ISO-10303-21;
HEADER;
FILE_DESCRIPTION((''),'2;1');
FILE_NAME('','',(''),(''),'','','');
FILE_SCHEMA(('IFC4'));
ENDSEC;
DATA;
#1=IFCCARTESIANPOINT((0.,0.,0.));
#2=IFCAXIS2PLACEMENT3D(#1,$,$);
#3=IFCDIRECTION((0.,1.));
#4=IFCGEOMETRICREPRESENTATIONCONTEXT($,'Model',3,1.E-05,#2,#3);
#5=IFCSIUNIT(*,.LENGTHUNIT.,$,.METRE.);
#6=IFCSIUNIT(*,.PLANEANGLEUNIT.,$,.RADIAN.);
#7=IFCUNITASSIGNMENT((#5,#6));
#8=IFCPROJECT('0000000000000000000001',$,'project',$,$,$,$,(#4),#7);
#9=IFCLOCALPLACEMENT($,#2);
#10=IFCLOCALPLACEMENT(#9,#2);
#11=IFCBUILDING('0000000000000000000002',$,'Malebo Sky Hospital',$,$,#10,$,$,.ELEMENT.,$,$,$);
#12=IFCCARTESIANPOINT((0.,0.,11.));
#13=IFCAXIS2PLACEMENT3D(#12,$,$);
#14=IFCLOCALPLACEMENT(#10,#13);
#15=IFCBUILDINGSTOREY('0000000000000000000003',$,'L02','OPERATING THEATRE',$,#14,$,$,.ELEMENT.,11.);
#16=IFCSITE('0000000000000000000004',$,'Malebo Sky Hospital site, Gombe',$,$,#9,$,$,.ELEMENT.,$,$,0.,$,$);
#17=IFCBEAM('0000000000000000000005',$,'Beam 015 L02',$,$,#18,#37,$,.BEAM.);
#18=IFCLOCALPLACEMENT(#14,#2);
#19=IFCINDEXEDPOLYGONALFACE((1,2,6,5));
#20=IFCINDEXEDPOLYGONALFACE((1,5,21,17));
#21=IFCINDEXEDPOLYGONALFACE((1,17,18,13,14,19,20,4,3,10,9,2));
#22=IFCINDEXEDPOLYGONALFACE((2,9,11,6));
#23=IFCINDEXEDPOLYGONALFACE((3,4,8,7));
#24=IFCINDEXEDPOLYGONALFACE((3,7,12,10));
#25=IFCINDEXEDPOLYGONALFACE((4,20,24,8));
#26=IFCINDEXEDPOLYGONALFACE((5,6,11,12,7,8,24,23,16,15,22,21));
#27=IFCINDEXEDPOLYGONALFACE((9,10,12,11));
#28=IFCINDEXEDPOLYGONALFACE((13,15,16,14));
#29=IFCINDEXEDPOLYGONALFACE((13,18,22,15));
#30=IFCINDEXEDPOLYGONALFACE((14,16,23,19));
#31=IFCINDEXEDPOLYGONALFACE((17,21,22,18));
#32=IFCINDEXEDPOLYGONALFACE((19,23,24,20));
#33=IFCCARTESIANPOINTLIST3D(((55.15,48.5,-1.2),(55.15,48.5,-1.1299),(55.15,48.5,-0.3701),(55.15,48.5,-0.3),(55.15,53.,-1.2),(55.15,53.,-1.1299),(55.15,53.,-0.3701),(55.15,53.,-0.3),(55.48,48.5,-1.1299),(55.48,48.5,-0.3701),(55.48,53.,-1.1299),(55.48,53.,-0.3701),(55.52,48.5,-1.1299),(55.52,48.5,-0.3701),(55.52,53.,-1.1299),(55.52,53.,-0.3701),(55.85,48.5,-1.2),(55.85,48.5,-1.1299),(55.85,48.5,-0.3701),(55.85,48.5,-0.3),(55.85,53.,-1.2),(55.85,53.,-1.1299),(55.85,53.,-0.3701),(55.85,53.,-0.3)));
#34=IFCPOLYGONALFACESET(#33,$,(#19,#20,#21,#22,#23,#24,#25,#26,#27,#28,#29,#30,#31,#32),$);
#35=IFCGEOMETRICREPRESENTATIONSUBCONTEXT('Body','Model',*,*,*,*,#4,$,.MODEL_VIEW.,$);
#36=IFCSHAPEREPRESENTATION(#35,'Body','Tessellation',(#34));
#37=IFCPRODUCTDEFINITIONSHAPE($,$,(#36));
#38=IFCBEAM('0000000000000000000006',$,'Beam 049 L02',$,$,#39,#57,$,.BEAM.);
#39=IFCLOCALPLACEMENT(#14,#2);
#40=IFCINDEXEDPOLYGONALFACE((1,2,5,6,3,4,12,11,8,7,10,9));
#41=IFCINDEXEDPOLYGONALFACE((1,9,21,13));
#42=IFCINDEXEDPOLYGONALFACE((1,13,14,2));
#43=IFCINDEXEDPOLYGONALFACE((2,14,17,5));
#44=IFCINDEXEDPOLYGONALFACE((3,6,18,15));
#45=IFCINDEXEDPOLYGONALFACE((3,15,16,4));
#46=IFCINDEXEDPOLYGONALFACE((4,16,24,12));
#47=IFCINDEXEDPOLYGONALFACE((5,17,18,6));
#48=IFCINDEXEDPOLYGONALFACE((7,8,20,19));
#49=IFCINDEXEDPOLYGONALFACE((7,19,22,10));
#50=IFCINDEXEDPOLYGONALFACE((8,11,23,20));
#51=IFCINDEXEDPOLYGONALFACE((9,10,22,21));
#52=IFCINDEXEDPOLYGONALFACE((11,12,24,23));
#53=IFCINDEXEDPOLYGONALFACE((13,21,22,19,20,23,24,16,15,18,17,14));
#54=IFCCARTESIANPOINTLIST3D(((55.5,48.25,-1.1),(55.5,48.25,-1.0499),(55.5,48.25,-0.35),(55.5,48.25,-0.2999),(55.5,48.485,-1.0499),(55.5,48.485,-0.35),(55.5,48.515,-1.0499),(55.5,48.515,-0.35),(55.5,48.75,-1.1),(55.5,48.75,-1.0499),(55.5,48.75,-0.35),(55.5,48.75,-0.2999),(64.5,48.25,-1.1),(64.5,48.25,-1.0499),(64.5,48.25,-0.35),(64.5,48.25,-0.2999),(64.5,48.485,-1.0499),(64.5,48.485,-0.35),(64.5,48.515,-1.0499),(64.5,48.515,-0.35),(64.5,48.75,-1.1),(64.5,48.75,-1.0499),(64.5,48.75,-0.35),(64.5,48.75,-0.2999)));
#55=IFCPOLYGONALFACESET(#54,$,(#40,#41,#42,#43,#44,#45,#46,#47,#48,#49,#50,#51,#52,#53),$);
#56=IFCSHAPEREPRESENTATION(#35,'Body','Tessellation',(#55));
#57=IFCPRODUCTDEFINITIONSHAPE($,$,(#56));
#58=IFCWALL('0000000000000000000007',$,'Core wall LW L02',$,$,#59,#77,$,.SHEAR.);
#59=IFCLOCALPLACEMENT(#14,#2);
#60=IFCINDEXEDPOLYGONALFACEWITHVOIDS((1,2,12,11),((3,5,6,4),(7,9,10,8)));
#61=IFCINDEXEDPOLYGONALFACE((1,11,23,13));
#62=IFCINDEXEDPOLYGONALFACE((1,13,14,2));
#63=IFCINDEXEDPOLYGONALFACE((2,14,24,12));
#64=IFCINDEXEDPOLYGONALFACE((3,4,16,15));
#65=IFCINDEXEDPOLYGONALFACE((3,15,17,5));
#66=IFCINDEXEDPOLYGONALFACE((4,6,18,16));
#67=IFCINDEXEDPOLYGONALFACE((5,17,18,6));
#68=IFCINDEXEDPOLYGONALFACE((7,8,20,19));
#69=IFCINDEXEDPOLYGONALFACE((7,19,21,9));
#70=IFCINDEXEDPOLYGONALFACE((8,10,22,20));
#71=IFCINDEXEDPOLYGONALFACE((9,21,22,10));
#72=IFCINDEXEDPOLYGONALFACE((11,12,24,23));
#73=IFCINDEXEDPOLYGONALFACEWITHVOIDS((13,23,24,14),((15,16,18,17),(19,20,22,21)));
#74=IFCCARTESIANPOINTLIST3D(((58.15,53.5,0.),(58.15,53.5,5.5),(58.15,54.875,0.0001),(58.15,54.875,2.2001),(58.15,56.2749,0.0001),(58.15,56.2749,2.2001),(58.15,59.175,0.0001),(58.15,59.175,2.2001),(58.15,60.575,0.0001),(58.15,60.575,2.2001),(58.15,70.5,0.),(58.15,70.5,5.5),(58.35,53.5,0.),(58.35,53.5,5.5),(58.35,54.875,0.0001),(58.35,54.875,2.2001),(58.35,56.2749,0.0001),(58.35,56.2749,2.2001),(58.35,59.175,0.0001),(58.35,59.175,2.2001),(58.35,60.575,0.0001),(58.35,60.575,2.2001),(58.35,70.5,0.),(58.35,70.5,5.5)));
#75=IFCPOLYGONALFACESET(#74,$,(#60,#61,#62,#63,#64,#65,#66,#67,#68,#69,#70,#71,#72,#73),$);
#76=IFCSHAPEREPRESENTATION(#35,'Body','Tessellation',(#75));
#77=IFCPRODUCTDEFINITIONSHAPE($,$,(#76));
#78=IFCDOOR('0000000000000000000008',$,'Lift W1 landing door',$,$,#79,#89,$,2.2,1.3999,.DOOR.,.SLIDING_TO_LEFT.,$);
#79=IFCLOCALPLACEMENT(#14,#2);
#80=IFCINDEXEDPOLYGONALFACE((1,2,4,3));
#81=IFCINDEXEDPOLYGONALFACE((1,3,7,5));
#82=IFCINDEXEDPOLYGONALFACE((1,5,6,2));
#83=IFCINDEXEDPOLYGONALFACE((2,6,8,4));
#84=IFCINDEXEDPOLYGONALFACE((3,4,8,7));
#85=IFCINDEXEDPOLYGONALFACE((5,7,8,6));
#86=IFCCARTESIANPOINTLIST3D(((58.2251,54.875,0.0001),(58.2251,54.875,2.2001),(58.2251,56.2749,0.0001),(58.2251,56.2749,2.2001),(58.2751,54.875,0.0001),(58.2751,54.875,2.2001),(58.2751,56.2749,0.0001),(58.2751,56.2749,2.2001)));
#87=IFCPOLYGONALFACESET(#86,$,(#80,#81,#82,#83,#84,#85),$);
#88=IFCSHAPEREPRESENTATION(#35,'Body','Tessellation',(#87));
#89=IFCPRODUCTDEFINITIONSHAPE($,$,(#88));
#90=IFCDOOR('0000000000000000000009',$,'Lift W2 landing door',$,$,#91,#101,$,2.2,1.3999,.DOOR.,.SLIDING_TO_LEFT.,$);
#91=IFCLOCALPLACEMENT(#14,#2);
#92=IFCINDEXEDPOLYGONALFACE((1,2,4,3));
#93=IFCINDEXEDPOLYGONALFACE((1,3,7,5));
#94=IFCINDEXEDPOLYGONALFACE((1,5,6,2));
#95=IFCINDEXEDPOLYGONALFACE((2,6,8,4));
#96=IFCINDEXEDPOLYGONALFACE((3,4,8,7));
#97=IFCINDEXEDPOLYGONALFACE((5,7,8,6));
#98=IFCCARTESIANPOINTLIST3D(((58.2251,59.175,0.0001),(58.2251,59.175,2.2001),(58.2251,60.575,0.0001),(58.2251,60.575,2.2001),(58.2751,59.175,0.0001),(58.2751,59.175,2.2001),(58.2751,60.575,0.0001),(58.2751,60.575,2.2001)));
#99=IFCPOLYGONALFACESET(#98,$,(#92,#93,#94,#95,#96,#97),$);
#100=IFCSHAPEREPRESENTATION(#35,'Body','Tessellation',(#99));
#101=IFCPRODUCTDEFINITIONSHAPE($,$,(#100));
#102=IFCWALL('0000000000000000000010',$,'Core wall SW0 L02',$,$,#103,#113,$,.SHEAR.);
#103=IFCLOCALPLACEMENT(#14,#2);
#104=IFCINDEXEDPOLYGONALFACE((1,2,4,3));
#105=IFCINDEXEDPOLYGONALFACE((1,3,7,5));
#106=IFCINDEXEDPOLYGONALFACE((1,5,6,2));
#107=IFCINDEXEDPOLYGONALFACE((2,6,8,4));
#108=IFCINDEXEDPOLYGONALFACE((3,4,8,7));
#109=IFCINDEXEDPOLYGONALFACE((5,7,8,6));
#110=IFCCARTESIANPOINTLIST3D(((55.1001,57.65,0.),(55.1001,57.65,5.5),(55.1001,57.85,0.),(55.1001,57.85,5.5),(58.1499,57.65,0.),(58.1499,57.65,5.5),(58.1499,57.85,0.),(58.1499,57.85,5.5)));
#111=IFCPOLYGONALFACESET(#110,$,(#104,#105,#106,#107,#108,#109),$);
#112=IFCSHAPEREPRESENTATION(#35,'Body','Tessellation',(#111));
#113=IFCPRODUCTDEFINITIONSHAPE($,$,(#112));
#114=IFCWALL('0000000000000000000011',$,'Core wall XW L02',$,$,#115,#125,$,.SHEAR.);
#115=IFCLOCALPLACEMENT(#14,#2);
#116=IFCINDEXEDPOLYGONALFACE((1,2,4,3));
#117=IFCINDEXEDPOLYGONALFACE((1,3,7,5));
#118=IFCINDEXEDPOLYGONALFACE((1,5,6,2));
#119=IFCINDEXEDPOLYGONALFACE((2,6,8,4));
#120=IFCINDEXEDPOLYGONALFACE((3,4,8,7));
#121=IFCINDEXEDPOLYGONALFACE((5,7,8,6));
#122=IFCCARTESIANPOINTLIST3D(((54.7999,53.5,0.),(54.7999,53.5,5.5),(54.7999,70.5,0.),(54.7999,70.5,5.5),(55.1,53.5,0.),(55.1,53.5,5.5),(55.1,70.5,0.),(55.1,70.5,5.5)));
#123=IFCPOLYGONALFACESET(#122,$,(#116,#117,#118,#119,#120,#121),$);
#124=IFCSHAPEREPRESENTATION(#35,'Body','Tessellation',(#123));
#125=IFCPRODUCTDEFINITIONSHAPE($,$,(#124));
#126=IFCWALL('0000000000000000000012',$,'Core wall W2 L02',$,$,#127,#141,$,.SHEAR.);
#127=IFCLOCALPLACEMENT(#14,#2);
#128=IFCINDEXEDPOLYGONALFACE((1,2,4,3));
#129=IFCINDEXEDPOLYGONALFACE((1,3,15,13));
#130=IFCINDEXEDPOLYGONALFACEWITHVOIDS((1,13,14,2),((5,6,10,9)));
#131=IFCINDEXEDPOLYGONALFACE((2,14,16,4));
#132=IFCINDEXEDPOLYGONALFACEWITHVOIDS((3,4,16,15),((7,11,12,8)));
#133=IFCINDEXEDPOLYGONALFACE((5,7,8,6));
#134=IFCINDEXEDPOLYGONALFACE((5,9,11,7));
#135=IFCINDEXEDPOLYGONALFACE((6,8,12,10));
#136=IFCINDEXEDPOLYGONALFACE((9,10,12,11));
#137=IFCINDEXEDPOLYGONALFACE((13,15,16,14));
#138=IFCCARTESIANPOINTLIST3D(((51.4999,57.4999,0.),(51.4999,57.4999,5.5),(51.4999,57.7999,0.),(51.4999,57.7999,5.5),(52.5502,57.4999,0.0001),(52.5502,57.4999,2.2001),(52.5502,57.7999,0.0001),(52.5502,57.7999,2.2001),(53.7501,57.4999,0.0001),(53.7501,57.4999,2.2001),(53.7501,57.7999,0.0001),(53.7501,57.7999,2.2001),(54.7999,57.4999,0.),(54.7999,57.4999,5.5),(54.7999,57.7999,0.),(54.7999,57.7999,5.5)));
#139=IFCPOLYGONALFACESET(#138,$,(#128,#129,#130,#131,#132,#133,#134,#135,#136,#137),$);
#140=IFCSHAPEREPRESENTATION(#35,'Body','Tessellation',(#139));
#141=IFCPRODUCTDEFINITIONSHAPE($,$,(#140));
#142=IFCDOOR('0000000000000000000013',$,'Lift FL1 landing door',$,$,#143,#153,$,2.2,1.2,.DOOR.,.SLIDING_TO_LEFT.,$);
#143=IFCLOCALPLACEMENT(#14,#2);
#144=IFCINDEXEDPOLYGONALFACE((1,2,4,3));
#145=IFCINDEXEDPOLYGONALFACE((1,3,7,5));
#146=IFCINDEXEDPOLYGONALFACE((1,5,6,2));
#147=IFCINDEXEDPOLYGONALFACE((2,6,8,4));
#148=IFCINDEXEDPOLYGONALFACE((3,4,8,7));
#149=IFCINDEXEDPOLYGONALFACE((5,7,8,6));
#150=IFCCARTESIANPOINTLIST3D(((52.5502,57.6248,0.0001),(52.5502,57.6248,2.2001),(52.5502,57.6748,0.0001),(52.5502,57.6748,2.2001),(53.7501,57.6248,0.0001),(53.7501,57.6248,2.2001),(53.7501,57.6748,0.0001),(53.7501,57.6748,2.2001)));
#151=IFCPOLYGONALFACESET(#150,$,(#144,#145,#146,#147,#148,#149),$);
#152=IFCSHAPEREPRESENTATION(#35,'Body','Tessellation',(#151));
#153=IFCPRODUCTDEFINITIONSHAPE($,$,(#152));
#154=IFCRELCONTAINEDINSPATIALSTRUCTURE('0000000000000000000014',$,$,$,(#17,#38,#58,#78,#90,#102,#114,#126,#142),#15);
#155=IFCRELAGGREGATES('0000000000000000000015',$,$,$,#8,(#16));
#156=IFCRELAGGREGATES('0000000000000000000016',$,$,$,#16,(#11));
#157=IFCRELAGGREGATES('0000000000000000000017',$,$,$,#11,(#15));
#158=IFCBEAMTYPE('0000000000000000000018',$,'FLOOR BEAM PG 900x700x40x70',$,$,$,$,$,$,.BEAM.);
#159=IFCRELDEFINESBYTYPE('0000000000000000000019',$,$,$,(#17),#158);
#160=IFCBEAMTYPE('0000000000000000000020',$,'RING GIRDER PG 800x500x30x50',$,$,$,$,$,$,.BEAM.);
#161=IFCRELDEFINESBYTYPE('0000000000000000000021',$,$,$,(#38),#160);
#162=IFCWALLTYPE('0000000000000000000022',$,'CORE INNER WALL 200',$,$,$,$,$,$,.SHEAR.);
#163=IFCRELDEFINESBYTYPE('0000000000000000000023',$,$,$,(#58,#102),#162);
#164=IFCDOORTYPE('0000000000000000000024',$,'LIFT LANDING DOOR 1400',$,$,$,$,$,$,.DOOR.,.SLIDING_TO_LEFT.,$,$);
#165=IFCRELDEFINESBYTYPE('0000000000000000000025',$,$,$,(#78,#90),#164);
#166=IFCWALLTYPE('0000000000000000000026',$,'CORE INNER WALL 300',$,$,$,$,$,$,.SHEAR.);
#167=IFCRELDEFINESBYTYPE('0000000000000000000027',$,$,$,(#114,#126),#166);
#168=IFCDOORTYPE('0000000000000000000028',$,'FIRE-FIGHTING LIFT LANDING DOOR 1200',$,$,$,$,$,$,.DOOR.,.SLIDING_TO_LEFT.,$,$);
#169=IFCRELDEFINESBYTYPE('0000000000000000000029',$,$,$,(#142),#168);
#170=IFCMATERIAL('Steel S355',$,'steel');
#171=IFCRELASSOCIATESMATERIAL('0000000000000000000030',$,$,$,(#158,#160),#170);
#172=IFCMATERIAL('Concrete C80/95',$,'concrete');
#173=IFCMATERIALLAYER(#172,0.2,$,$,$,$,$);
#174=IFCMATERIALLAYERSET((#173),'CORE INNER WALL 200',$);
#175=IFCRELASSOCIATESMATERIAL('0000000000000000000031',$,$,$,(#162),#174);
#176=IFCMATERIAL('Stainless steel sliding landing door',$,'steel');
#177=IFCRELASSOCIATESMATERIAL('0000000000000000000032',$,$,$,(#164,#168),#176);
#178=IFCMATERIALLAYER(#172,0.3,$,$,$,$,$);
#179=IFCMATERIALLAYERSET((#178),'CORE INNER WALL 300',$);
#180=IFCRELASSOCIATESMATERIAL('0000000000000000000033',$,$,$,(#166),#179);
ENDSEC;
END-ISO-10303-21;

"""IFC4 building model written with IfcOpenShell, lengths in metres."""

from ifc_helpers import new_model, si_unit, direction, frame, frame_2d, origin, origin_2d, place, context, subcontext, project, spatial, rectangle, i_section, extrude, material, layer, layer_set, material_profile, profile_set, type_object, element, fill, save


model = new_model("IFC4")

# Units and contexts
model_context = context("Model", 3, precision=1e-05, world=origin(), true_north=direction((0.0, 1.0)))
body_context = subcontext(model_context, "Body", "Model", "MODEL_VIEW")
ifc_project = project(units=[si_unit("LENGTHUNIT", "METRE"), si_unit("PLANEANGLEUNIT", "RADIAN")], contexts=[model_context])

# Site, building, storey
site_placement = place(None, origin())
site = spatial("IfcSite", under=ifc_project, at=site_placement, Name="Malebo Sky Hospital site, Gombe", CompositionType="ELEMENT", RefElevation=0.0)
building_placement = place(site_placement, origin())
building = spatial("IfcBuilding", under=site, at=building_placement, Name="Malebo Sky Hospital", CompositionType="ELEMENT")
storey_placement = place(building_placement, frame((0.0, 0.0, 11.0)))
storey = spatial("IfcBuildingStorey", under=building, at=storey_placement, Name="L02", Description="OPERATING THEATRE", CompositionType="ELEMENT", Elevation=11.0)

# Beams
ifc_material_1 = material(Name="Steel S355", Category="steel")
ifc_material_profile_1 = material_profile(ifc_material_1, i_section(OverallWidth=0.7, OverallDepth=0.8999, WebThickness=0.04, FlangeThickness=0.0701, at=origin_2d()), Name="PG 900x700x40x70")
ifc_profile_set_1 = profile_set([ifc_material_profile_1], Name="Steel S355")
beam_type_1 = type_object("IfcBeamType", Name="FLOOR BEAM PG 900x700x40x70", PredefinedType="BEAM", material=ifc_profile_set_1)
beam_1_placement = place(storey_placement, frame((55.5, 48.5, -0.75), z_axis=(0.0, 1.0, 0.0), x_axis=(-1.0, 0.0, 0.0)))
element("IfcBeam", 1, at=beam_1_placement, inside=storey, type_object=beam_type_1, Name="Beam 015 L02", PredefinedType="BEAM", context=body_context, shape_type="SweptSolid", body=[
    extrude(i_section(OverallWidth=0.7, OverallDepth=0.8999, WebThickness=0.04, FlangeThickness=0.0701, at=origin_2d()), origin(), (0.0, 0.0, 1.0), 4.5),
])
ifc_material_profile_2 = material_profile(ifc_material_1, i_section(OverallWidth=0.5, OverallDepth=0.8, WebThickness=0.03, FlangeThickness=0.05, at=origin_2d()), Name="PG 800x500x30x50")
ifc_profile_set_2 = profile_set([ifc_material_profile_2], Name="Steel S355")
beam_type_2 = type_object("IfcBeamType", Name="RING GIRDER PG 800x500x30x50", PredefinedType="BEAM", material=ifc_profile_set_2)
beam_2_placement = place(storey_placement, frame((55.5, 48.5, -0.7), z_axis=(1.0, 0.0, 0.0), x_axis=(0.0, 1.0, 0.0)))
element("IfcBeam", 2, at=beam_2_placement, inside=storey, type_object=beam_type_2, Name="Beam 049 L02", PredefinedType="BEAM", context=body_context, shape_type="SweptSolid", body=[
    extrude(i_section(OverallWidth=0.5, OverallDepth=0.8, WebThickness=0.03, FlangeThickness=0.05, at=origin_2d()), origin(), (0.0, 0.0, 1.0), 9.0),
])

# Wall, openings, doors
ifc_material_2 = material(Name="Concrete C80/95", Category="concrete")
ifc_layer_1 = layer(ifc_material_2, 0.2)
ifc_layer_set_1 = layer_set([ifc_layer_1], Name="CORE INNER WALL 200")
wall_type_1 = type_object("IfcWallType", Name="CORE INNER WALL 200", PredefinedType="SHEAR", material=ifc_layer_set_1)
wall_1_placement = place(storey_placement, frame((58.25, 53.5, 0.0), z_axis=(0.0, 0.0, 1.0), x_axis=(0.0, 1.0, 0.0)))
wall_1 = element("IfcWall", 3, at=wall_1_placement, inside=storey, type_object=wall_type_1, Name="Core wall LW L02", PredefinedType="SHEAR", context=body_context, shape_type="SweptSolid", body=[
    extrude(rectangle(XDim=17.0, YDim=0.2, at=frame_2d((8.5, 0.0))), origin(), (0.0, 0.0, 1.0), 5.5),
])
opening_1_placement = place(wall_1_placement, frame((1.375, 0.0, 0.0)))
opening_1 = element("IfcOpeningElement", 4, at=opening_1_placement, cuts=wall_1, PredefinedType="OPENING", context=body_context, shape_type="SweptSolid", body=[
    extrude(rectangle(XDim=1.3999, YDim=2.2, at=frame_2d((0.7, 1.1001))), frame((0.0, 0.1099, 0.0), z_axis=(0.0, -1.0, 0.0), x_axis=(1.0, 0.0, 0.0)), (0.0, 0.0, 1.0), 0.22),
])
opening_2_placement = place(wall_1_placement, frame((5.675, 0.0, 0.0)))
opening_2 = element("IfcOpeningElement", 5, at=opening_2_placement, cuts=wall_1, PredefinedType="OPENING", context=body_context, shape_type="SweptSolid", body=[
    extrude(rectangle(XDim=1.3999, YDim=2.2, at=frame_2d((0.7, 1.1001))), frame((0.0, 0.1099, 0.0), z_axis=(0.0, -1.0, 0.0), x_axis=(1.0, 0.0, 0.0)), (0.0, 0.0, 1.0), 0.22),
])
ifc_material_3 = material(Name="Stainless steel sliding landing door", Category="steel")
door_type_1 = type_object("IfcDoorType", Name="LIFT LANDING DOOR 1400", OperationType="SLIDING_TO_LEFT", PredefinedType="DOOR", material=ifc_material_3)
door_1_placement = place(opening_1_placement, origin())
door_1 = element("IfcDoor", 6, at=door_1_placement, inside=storey, type_object=door_type_1, Name="Lift W1 landing door", OperationType="SLIDING_TO_LEFT", OverallHeight=2.2, OverallWidth=1.3999, PredefinedType="DOOR", context=body_context, shape_type="SweptSolid", body=[
    extrude(rectangle(XDim=1.3999, YDim=2.2, at=frame_2d((0.7, 1.1001))), frame((0.0, 0.0249, 0.0), z_axis=(0.0, -1.0, 0.0), x_axis=(1.0, 0.0, 0.0)), (0.0, 0.0, 1.0), 0.05),
])
fill(opening_1, door_1)
door_2_placement = place(opening_2_placement, origin())
door_2 = element("IfcDoor", 7, at=door_2_placement, inside=storey, type_object=door_type_1, Name="Lift W2 landing door", OperationType="SLIDING_TO_LEFT", OverallHeight=2.2, OverallWidth=1.3999, PredefinedType="DOOR", context=body_context, shape_type="SweptSolid", body=[
    extrude(rectangle(XDim=1.3999, YDim=2.2, at=frame_2d((0.7, 1.1001))), frame((0.0, 0.0249, 0.0), z_axis=(0.0, -1.0, 0.0), x_axis=(1.0, 0.0, 0.0)), (0.0, 0.0, 1.0), 0.05),
])
fill(opening_2, door_2)

# Walls
wall_2_placement = place(storey_placement, frame((55.1001, 57.75, 0.0), z_axis=(0.0, 0.0, 1.0), x_axis=(1.0, 0.0, 0.0)))
element("IfcWall", 8, at=wall_2_placement, inside=storey, type_object=wall_type_1, Name="Core wall SW0 L02", PredefinedType="SHEAR", context=body_context, shape_type="SweptSolid", body=[
    extrude(rectangle(XDim=3.0498, YDim=0.2, at=frame_2d((1.5249, 0.0))), origin(), (0.0, 0.0, 1.0), 5.5),
])
ifc_layer_2 = layer(ifc_material_2, 0.3)
ifc_layer_set_2 = layer_set([ifc_layer_2], Name="CORE INNER WALL 300")
wall_type_2 = type_object("IfcWallType", Name="CORE INNER WALL 300", PredefinedType="SHEAR", material=ifc_layer_set_2)
wall_3_placement = place(storey_placement, frame((54.95, 53.5, 0.0), z_axis=(0.0, 0.0, 1.0), x_axis=(0.0, 1.0, 0.0)))
element("IfcWall", 9, at=wall_3_placement, inside=storey, type_object=wall_type_2, Name="Core wall XW L02", PredefinedType="SHEAR", context=body_context, shape_type="SweptSolid", body=[
    extrude(rectangle(XDim=17.0, YDim=0.3, at=frame_2d((8.5, 0.0))), origin(), (0.0, 0.0, 1.0), 5.5),
])

# Wall, opening, door
wall_4_placement = place(storey_placement, frame((51.5, 57.6499, 0.0), z_axis=(0.0, 0.0, 1.0), x_axis=(1.0, 0.0, 0.0)))
wall_4 = element("IfcWall", 10, at=wall_4_placement, inside=storey, type_object=wall_type_2, Name="Core wall W2 L02", PredefinedType="SHEAR", context=body_context, shape_type="SweptSolid", body=[
    extrude(rectangle(XDim=3.3, YDim=0.3, at=frame_2d((1.6499, 0.0))), origin(), (0.0, 0.0, 1.0), 5.5),
])
opening_3_placement = place(wall_4_placement, frame((1.05, 0.0, 0.0)))
opening_3 = element("IfcOpeningElement", 11, at=opening_3_placement, cuts=wall_4, PredefinedType="OPENING", context=body_context, shape_type="SweptSolid", body=[
    extrude(rectangle(XDim=1.2, YDim=2.2, at=frame_2d((0.6001, 1.1001))), frame((0.0, 0.1599, 0.0), z_axis=(0.0, -1.0, 0.0), x_axis=(1.0, 0.0, 0.0)), (0.0, 0.0, 1.0), 0.3201),
])
door_type_2 = type_object("IfcDoorType", Name="FIRE-FIGHTING LIFT LANDING DOOR 1200", OperationType="SLIDING_TO_LEFT", PredefinedType="DOOR", material=ifc_material_3)
door_3_placement = place(opening_3_placement, origin())
door_3 = element("IfcDoor", 12, at=door_3_placement, inside=storey, type_object=door_type_2, Name="Lift FL1 landing door", OperationType="SLIDING_TO_LEFT", OverallHeight=2.2, OverallWidth=1.2, PredefinedType="DOOR", context=body_context, shape_type="SweptSolid", body=[
    extrude(rectangle(XDim=1.2, YDim=2.2, at=frame_2d((0.6001, 1.1001))), frame((0.0, 0.0249, 0.0), z_axis=(0.0, -1.0, 0.0), x_axis=(1.0, 0.0, 0.0)), (0.0, 0.0, 1.0), 0.05),
])
fill(opening_3, door_3)

save(model, "model.ifc")
